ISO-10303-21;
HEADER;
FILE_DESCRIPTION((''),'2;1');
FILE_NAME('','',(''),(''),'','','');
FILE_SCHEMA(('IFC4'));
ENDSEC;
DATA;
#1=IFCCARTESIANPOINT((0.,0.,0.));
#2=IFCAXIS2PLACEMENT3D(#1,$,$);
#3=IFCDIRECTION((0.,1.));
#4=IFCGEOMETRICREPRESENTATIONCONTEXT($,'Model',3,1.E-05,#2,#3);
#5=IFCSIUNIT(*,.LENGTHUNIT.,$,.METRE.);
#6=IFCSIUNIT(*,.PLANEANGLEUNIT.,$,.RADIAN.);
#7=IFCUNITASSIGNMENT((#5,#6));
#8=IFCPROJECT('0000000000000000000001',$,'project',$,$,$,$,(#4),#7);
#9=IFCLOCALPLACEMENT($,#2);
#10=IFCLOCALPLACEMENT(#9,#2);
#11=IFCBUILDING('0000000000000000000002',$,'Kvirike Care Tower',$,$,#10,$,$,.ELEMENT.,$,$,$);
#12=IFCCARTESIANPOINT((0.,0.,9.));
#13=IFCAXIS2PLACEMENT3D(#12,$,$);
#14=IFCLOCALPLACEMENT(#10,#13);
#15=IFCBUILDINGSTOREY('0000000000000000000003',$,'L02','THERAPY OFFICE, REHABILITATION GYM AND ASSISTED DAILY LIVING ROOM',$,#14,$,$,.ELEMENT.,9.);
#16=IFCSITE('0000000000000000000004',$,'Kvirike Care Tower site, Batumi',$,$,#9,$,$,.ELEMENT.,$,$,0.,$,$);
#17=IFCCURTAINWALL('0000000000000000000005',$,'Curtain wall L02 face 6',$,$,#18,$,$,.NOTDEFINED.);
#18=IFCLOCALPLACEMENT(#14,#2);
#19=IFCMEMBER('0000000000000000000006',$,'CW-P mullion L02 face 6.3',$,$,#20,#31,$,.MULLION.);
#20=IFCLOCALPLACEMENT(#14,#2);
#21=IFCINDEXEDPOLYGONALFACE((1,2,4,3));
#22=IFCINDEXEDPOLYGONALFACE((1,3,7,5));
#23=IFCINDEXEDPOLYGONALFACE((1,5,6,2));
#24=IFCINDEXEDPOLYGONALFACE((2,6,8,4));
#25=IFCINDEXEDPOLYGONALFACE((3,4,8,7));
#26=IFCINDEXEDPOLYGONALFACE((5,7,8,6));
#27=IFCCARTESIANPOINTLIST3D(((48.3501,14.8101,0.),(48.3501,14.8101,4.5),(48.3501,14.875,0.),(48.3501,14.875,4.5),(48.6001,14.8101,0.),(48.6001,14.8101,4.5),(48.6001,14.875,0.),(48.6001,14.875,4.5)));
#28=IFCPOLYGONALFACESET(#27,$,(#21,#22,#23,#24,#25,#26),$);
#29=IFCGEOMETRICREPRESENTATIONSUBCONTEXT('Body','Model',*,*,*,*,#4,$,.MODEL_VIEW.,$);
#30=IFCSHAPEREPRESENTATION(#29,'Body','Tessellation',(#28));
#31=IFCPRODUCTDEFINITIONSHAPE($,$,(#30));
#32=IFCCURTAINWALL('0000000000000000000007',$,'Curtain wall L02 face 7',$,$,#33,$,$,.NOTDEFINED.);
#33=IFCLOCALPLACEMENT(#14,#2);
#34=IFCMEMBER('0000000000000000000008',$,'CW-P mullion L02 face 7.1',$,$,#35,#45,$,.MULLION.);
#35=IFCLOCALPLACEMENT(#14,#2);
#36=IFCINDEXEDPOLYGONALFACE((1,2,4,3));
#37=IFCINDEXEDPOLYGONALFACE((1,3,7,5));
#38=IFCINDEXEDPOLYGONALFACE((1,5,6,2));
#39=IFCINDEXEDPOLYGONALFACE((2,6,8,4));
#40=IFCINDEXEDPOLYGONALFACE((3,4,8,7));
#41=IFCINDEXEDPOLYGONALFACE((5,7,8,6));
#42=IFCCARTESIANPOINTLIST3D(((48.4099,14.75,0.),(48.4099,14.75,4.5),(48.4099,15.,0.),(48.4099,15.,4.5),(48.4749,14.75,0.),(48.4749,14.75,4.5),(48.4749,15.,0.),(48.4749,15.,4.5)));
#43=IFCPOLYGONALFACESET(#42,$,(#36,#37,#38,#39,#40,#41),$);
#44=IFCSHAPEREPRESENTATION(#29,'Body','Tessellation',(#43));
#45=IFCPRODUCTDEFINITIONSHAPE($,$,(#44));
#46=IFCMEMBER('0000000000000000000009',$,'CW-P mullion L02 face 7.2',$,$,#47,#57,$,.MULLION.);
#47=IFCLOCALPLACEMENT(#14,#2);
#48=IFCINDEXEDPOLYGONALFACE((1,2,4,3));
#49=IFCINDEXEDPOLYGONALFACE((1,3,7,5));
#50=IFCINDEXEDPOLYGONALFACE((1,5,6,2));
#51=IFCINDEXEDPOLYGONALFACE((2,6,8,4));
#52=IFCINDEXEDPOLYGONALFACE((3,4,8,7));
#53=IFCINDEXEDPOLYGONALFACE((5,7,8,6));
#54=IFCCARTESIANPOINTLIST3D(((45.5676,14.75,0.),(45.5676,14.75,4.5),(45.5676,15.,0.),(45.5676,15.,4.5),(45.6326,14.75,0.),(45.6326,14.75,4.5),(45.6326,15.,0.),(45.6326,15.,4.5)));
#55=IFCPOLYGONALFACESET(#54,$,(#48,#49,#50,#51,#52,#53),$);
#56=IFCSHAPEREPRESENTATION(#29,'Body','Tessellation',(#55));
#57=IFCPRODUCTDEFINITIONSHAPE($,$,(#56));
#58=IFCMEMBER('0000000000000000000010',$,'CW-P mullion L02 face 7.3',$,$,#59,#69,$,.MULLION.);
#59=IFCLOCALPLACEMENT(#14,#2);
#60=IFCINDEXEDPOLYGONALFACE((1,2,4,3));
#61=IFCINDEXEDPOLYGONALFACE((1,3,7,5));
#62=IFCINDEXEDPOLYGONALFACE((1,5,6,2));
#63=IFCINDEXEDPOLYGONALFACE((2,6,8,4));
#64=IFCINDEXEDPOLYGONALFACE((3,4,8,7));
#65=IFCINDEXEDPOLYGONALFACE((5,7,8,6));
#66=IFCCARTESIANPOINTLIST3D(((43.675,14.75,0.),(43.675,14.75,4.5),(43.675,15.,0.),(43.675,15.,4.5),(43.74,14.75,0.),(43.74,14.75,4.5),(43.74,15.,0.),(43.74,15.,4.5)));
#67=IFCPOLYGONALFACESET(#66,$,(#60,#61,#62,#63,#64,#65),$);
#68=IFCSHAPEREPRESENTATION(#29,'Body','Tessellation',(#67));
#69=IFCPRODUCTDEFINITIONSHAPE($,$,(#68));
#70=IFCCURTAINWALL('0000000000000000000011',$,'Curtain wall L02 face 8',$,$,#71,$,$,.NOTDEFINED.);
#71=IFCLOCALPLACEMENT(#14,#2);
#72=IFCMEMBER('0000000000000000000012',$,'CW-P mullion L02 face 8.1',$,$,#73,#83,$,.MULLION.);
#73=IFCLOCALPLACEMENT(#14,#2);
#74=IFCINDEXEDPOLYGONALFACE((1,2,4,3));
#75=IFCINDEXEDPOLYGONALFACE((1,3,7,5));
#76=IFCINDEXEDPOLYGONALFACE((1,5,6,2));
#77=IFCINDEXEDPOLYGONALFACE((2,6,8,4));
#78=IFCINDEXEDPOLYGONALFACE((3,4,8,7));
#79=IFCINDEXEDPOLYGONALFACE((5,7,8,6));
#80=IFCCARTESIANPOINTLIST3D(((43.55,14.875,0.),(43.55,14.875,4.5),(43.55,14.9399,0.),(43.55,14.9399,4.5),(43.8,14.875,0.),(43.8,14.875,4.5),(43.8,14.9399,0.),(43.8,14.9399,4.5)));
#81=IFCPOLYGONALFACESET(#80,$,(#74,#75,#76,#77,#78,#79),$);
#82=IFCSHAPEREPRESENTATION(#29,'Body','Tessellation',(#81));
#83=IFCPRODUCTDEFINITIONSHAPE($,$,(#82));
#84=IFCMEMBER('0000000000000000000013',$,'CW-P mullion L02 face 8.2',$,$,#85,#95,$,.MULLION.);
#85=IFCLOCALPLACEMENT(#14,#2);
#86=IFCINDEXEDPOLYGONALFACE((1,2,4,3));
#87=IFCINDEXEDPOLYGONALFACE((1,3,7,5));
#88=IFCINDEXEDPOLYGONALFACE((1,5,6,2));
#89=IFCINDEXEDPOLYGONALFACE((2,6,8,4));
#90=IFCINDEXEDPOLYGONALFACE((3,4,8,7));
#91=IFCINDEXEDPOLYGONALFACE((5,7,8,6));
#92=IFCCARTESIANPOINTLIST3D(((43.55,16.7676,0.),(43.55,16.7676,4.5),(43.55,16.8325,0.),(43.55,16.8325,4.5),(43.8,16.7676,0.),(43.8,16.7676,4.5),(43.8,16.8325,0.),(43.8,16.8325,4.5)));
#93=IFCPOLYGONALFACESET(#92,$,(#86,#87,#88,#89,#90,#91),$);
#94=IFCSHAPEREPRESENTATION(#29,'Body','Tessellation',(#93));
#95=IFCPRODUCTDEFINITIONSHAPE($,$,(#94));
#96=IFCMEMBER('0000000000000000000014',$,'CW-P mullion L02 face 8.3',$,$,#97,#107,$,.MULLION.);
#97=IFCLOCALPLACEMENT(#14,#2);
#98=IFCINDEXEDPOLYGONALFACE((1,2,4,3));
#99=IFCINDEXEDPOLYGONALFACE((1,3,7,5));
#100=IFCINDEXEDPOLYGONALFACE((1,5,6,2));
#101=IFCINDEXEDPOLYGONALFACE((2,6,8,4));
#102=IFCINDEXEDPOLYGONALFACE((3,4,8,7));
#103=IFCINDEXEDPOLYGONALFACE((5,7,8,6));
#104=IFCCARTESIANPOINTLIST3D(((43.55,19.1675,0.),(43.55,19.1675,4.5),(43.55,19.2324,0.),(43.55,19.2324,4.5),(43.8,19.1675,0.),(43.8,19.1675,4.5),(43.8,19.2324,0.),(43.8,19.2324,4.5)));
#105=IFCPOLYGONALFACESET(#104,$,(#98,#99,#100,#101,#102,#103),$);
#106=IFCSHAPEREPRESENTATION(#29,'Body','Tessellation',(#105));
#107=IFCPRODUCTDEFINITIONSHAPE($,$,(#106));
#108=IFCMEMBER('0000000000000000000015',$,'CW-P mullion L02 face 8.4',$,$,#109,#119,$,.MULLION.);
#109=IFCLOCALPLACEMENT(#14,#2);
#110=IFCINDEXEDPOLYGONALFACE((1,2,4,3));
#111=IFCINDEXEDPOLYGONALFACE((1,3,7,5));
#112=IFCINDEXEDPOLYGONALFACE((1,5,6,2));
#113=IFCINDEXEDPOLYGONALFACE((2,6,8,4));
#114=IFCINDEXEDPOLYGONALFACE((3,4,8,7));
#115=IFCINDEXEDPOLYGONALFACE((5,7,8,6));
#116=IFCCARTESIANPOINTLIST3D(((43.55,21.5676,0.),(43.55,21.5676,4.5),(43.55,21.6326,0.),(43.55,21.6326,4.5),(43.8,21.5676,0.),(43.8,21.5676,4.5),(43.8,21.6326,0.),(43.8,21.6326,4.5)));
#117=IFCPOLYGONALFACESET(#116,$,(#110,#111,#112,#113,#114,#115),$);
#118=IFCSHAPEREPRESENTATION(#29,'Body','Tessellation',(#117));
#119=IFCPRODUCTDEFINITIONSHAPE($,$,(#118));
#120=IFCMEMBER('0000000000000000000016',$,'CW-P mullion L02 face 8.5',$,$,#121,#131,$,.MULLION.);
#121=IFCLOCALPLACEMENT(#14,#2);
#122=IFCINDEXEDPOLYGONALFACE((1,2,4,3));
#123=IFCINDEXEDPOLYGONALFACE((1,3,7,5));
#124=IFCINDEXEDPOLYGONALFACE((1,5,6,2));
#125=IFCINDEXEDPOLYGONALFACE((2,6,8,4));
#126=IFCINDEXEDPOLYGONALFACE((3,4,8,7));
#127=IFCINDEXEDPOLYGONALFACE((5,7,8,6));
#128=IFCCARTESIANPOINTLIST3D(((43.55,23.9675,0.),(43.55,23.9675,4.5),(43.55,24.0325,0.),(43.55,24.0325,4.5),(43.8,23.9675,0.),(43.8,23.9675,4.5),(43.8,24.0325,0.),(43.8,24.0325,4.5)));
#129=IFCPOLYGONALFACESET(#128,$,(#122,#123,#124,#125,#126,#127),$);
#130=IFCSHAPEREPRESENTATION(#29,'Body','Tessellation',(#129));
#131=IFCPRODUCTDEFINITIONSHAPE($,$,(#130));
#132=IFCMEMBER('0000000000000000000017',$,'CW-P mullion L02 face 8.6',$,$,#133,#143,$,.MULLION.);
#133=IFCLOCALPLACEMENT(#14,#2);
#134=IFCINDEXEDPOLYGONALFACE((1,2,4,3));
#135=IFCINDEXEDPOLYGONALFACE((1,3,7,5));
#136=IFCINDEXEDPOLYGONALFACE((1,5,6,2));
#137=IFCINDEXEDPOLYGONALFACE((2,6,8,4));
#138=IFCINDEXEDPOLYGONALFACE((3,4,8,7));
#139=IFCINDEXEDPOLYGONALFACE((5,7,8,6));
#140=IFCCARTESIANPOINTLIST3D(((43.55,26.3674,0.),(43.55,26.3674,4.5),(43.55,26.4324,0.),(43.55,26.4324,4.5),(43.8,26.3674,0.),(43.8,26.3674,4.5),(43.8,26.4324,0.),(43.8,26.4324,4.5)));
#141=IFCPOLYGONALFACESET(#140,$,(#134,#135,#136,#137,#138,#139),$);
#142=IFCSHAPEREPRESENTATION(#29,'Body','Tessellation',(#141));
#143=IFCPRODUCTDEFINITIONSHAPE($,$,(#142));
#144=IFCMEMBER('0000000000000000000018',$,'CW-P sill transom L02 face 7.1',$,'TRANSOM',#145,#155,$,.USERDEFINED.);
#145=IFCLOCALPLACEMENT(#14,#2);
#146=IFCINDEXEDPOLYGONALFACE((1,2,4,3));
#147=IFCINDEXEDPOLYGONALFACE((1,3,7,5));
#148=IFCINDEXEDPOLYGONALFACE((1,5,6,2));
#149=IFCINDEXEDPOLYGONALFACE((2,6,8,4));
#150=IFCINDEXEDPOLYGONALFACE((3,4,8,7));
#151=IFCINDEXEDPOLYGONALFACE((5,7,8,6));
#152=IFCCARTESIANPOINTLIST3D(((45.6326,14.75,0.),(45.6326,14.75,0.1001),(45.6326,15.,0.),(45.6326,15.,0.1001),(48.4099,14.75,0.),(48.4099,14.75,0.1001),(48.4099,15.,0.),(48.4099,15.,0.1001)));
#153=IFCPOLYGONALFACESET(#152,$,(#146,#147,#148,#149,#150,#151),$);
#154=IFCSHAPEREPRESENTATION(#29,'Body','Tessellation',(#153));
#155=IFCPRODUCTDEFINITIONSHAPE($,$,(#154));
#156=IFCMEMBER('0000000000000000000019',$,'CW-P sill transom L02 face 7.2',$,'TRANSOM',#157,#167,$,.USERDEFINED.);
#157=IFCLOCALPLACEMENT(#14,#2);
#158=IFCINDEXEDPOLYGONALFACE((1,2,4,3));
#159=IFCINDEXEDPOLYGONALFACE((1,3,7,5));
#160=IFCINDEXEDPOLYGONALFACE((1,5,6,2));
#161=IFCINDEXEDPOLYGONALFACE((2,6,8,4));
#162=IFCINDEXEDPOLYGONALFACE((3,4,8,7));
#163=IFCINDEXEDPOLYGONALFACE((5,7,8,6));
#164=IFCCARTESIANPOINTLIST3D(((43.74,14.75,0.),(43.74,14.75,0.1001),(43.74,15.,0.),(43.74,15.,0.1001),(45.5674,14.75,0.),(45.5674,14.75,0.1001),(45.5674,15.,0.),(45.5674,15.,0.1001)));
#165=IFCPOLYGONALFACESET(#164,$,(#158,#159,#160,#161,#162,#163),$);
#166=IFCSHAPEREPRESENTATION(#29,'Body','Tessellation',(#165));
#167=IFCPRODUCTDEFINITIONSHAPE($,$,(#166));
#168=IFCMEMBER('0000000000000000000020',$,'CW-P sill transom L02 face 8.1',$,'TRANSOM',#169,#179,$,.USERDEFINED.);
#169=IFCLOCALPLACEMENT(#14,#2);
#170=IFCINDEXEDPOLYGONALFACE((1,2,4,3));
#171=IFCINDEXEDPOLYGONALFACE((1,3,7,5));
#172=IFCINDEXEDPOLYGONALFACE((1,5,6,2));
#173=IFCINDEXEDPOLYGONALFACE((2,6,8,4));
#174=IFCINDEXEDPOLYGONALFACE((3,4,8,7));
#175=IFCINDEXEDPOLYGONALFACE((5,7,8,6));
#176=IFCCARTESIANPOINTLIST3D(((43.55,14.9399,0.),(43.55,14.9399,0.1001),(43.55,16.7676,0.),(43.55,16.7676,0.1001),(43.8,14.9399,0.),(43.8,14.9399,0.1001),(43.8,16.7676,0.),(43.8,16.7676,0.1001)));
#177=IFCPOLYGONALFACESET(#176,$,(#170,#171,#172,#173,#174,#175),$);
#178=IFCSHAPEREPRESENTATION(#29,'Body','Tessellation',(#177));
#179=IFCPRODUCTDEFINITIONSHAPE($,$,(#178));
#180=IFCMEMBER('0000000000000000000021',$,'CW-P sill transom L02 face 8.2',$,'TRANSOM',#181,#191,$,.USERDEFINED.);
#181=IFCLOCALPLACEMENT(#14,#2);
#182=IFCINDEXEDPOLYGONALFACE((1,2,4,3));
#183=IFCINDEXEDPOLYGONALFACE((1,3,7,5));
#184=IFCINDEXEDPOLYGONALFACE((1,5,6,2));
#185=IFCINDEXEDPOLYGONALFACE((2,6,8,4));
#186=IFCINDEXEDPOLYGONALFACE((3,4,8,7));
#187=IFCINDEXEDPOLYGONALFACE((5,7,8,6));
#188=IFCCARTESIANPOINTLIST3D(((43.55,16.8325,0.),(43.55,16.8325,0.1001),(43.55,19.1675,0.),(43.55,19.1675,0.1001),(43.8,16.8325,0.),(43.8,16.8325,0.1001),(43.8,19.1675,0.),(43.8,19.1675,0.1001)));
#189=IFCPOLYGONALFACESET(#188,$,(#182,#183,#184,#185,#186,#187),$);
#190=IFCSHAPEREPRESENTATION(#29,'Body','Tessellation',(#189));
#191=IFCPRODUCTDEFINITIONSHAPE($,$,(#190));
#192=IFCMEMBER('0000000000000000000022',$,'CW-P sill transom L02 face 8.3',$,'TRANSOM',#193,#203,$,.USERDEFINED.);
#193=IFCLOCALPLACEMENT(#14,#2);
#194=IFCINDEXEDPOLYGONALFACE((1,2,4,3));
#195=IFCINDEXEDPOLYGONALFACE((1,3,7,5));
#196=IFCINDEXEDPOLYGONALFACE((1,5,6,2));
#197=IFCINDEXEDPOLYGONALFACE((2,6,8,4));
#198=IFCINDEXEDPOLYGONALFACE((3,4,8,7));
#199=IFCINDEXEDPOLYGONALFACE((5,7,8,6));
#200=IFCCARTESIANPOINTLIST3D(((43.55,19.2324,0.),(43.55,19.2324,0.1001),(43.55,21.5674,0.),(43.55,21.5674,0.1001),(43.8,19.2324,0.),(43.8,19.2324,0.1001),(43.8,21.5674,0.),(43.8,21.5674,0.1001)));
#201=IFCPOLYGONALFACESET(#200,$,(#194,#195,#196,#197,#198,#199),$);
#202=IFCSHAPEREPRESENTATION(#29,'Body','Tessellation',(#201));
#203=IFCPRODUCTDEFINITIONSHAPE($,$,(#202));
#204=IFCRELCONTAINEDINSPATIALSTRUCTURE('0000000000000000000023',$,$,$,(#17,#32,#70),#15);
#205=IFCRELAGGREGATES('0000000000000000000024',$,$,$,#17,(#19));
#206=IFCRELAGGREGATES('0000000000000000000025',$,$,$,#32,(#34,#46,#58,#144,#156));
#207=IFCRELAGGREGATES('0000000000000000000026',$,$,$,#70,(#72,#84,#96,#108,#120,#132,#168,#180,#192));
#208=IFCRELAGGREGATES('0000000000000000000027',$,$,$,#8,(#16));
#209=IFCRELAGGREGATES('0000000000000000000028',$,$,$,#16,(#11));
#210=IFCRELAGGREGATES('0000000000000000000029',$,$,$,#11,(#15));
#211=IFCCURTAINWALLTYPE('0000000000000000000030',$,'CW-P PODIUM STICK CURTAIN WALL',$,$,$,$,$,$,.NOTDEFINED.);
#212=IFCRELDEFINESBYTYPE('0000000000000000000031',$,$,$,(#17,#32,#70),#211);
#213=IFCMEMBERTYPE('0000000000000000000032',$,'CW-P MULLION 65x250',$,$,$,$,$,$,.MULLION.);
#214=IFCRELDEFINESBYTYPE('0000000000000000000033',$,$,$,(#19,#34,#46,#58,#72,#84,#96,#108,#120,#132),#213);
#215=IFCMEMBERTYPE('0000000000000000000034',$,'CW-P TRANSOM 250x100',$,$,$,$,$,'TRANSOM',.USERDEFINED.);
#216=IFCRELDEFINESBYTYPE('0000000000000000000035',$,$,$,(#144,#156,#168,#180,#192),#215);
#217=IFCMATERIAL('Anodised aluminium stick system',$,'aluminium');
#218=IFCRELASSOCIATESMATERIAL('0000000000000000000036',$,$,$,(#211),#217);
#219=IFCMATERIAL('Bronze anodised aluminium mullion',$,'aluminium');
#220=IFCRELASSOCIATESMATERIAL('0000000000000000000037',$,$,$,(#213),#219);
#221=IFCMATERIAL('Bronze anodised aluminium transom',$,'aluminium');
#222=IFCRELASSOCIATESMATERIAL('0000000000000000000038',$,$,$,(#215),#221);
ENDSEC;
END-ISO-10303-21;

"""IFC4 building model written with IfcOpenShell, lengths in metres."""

from ifc_helpers import new_model, si_unit, direction, frame, origin, origin_2d, place, context, subcontext, project, spatial, rectangle, extrude, material, material_profile, profile_set, type_object, element, aggregate, save


model = new_model("IFC4")

# Units and contexts
model_context = context("Model", 3, precision=1e-05, world=origin(), true_north=direction((0.0, 1.0)))
body_context = subcontext(model_context, "Body", "Model", "MODEL_VIEW")
ifc_project = project(units=[si_unit("LENGTHUNIT", "METRE"), si_unit("PLANEANGLEUNIT", "RADIAN")], contexts=[model_context])

# Site, building, storey
site_placement = place(None, origin())
site = spatial("IfcSite", under=ifc_project, at=site_placement, Name="Kvirike Care Tower site, Batumi", CompositionType="ELEMENT", RefElevation=0.0)
building_placement = place(site_placement, origin())
building = spatial("IfcBuilding", under=site, at=building_placement, Name="Kvirike Care Tower", CompositionType="ELEMENT")
storey_placement = place(building_placement, frame((0.0, 0.0, 9.0)))
storey = spatial("IfcBuildingStorey", under=building, at=storey_placement, Name="L02", Description="THERAPY OFFICE, REHABILITATION GYM AND ASSISTED DAILY LIVING ROOM", CompositionType="ELEMENT", Elevation=9.0)

# Curtain wall, member
ifc_material_1 = material(Name="Anodised aluminium stick system", Category="aluminium")
curtain_wall_type = type_object("IfcCurtainWallType", Name="CW-P PODIUM STICK CURTAIN WALL", PredefinedType="NOTDEFINED", material=ifc_material_1)
curtain_wall_1_placement = place(storey_placement, origin())
curtain_wall_1 = element("IfcCurtainWall", 1, at=curtain_wall_1_placement, inside=storey, type_object=curtain_wall_type, Name="Curtain wall L02 face 6", PredefinedType="NOTDEFINED")
ifc_material_2 = material(Name="Bronze anodised aluminium mullion", Category="aluminium")
ifc_material_profile_1 = material_profile(ifc_material_2, rectangle(XDim=0.0649, YDim=0.25, at=origin_2d()), Name="CW-P MULLION 65x250")
ifc_profile_set_1 = profile_set([ifc_material_profile_1], Name="Bronze anodised aluminium mullion")
member_type_1 = type_object("IfcMemberType", Name="CW-P MULLION 65x250", PredefinedType="MULLION", material=ifc_profile_set_1)
member_1_placement = place(storey_placement, frame((48.4751, 14.8425, 0.0), z_axis=(0.0, 0.0, 1.0), x_axis=(0.0, 1.0, 0.0)))
member_1 = element("IfcMember", 2, at=member_1_placement, type_object=member_type_1, Name="CW-P mullion L02 face 6.3", PredefinedType="MULLION", context=body_context, shape_type="SweptSolid", body=[
    extrude(rectangle(XDim=0.0649, YDim=0.25, at=origin_2d()), origin(), (0.0, 0.0, 1.0), 4.5),
])
aggregate(curtain_wall_1, [member_1])

# Curtain walls, members
curtain_wall_2_placement = place(storey_placement, origin())
curtain_wall_2 = element("IfcCurtainWall", 3, at=curtain_wall_2_placement, inside=storey, type_object=curtain_wall_type, Name="Curtain wall L02 face 7", PredefinedType="NOTDEFINED")
member_2_placement = place(storey_placement, frame((48.4424, 14.875, 0.0), z_axis=(0.0, 0.0, 1.0), x_axis=(-1.0, 0.0, 0.0)))
member_2 = element("IfcMember", 4, at=member_2_placement, type_object=member_type_1, Name="CW-P mullion L02 face 7.1", PredefinedType="MULLION", context=body_context, shape_type="SweptSolid", body=[
    extrude(rectangle(XDim=0.0649, YDim=0.25, at=origin_2d()), origin(), (0.0, 0.0, 1.0), 4.5),
])
member_3_placement = place(storey_placement, frame((45.6001, 14.875, 0.0), z_axis=(0.0, 0.0, 1.0), x_axis=(-1.0, 0.0, 0.0)))
member_3 = element("IfcMember", 5, at=member_3_placement, type_object=member_type_1, Name="CW-P mullion L02 face 7.2", PredefinedType="MULLION", context=body_context, shape_type="SweptSolid", body=[
    extrude(rectangle(XDim=0.0649, YDim=0.25, at=origin_2d()), origin(), (0.0, 0.0, 1.0), 4.5),
])
member_4_placement = place(storey_placement, frame((43.7075, 14.875, 0.0), z_axis=(0.0, 0.0, 1.0), x_axis=(-1.0, 0.0, 0.0)))
member_4 = element("IfcMember", 6, at=member_4_placement, type_object=member_type_1, Name="CW-P mullion L02 face 7.3", PredefinedType="MULLION", context=body_context, shape_type="SweptSolid", body=[
    extrude(rectangle(XDim=0.0649, YDim=0.25, at=origin_2d()), origin(), (0.0, 0.0, 1.0), 4.5),
])
curtain_wall_3_placement = place(storey_placement, origin())
curtain_wall_3 = element("IfcCurtainWall", 7, at=curtain_wall_3_placement, inside=storey, type_object=curtain_wall_type, Name="Curtain wall L02 face 8", PredefinedType="NOTDEFINED")
member_5_placement = place(storey_placement, frame((43.675, 14.9075, 0.0), z_axis=(0.0, 0.0, 1.0), x_axis=(0.0, 1.0, 0.0)))
member_5 = element("IfcMember", 8, at=member_5_placement, type_object=member_type_1, Name="CW-P mullion L02 face 8.1", PredefinedType="MULLION", context=body_context, shape_type="SweptSolid", body=[
    extrude(rectangle(XDim=0.0649, YDim=0.25, at=origin_2d()), origin(), (0.0, 0.0, 1.0), 4.5),
])
member_6_placement = place(storey_placement, frame((43.675, 16.8, 0.0), z_axis=(0.0, 0.0, 1.0), x_axis=(0.0, 1.0, 0.0)))
member_6 = element("IfcMember", 9, at=member_6_placement, type_object=member_type_1, Name="CW-P mullion L02 face 8.2", PredefinedType="MULLION", context=body_context, shape_type="SweptSolid", body=[
    extrude(rectangle(XDim=0.0649, YDim=0.25, at=origin_2d()), origin(), (0.0, 0.0, 1.0), 4.5),
])
member_7_placement = place(storey_placement, frame((43.675, 19.2, 0.0), z_axis=(0.0, 0.0, 1.0), x_axis=(0.0, 1.0, 0.0)))
member_7 = element("IfcMember", 10, at=member_7_placement, type_object=member_type_1, Name="CW-P mullion L02 face 8.3", PredefinedType="MULLION", context=body_context, shape_type="SweptSolid", body=[
    extrude(rectangle(XDim=0.0649, YDim=0.25, at=origin_2d()), origin(), (0.0, 0.0, 1.0), 4.5),
])
member_8_placement = place(storey_placement, frame((43.675, 21.6001, 0.0), z_axis=(0.0, 0.0, 1.0), x_axis=(0.0, 1.0, 0.0)))
member_8 = element("IfcMember", 11, at=member_8_placement, type_object=member_type_1, Name="CW-P mullion L02 face 8.4", PredefinedType="MULLION", context=body_context, shape_type="SweptSolid", body=[
    extrude(rectangle(XDim=0.0649, YDim=0.25, at=origin_2d()), origin(), (0.0, 0.0, 1.0), 4.5),
])
member_9_placement = place(storey_placement, frame((43.675, 24.0, 0.0), z_axis=(0.0, 0.0, 1.0), x_axis=(0.0, 1.0, 0.0)))
member_9 = element("IfcMember", 12, at=member_9_placement, type_object=member_type_1, Name="CW-P mullion L02 face 8.5", PredefinedType="MULLION", context=body_context, shape_type="SweptSolid", body=[
    extrude(rectangle(XDim=0.0649, YDim=0.25, at=origin_2d()), origin(), (0.0, 0.0, 1.0), 4.5),
])
member_10_placement = place(storey_placement, frame((43.675, 26.3999, 0.0), z_axis=(0.0, 0.0, 1.0), x_axis=(0.0, 1.0, 0.0)))
member_10 = element("IfcMember", 13, at=member_10_placement, type_object=member_type_1, Name="CW-P mullion L02 face 8.6", PredefinedType="MULLION", context=body_context, shape_type="SweptSolid", body=[
    extrude(rectangle(XDim=0.0649, YDim=0.25, at=origin_2d()), origin(), (0.0, 0.0, 1.0), 4.5),
])

# Members
ifc_material_3 = material(Name="Bronze anodised aluminium transom", Category="aluminium")
ifc_material_profile_2 = material_profile(ifc_material_3, rectangle(XDim=0.25, YDim=0.1001, at=origin_2d()), Name="CW-P TRANSOM 250x100")
ifc_profile_set_2 = profile_set([ifc_material_profile_2], Name="Bronze anodised aluminium transom")
member_type_2 = type_object("IfcMemberType", Name="CW-P TRANSOM 250x100", ElementType="TRANSOM", PredefinedType="USERDEFINED", material=ifc_profile_set_2)
member_11_placement = place(storey_placement, frame((48.4099, 14.875, 0.05), z_axis=(-1.0, 0.0, 0.0), x_axis=(0.0, -1.0, 0.0)))
member_11 = element("IfcMember", 14, at=member_11_placement, type_object=member_type_2, Name="CW-P sill transom L02 face 7.1", ObjectType="TRANSOM", PredefinedType="USERDEFINED", context=body_context, shape_type="SweptSolid", body=[
    extrude(rectangle(XDim=0.25, YDim=0.1001, at=origin_2d()), origin(), (0.0, 0.0, 1.0), 2.7773),
])
member_12_placement = place(storey_placement, frame((45.5674, 14.875, 0.05), z_axis=(-1.0, 0.0, 0.0), x_axis=(0.0, -1.0, 0.0)))
member_12 = element("IfcMember", 15, at=member_12_placement, type_object=member_type_2, Name="CW-P sill transom L02 face 7.2", ObjectType="TRANSOM", PredefinedType="USERDEFINED", context=body_context, shape_type="SweptSolid", body=[
    extrude(rectangle(XDim=0.25, YDim=0.1001, at=origin_2d()), origin(), (0.0, 0.0, 1.0), 1.8274),
])
member_13_placement = place(storey_placement, frame((43.675, 14.9399, 0.05), z_axis=(0.0, 1.0, 0.0), x_axis=(-1.0, 0.0, 0.0)))
member_13 = element("IfcMember", 16, at=member_13_placement, type_object=member_type_2, Name="CW-P sill transom L02 face 8.1", ObjectType="TRANSOM", PredefinedType="USERDEFINED", context=body_context, shape_type="SweptSolid", body=[
    extrude(rectangle(XDim=0.25, YDim=0.1001, at=origin_2d()), origin(), (0.0, 0.0, 1.0), 1.8276),
])
member_14_placement = place(storey_placement, frame((43.675, 16.8325, 0.05), z_axis=(0.0, 1.0, 0.0), x_axis=(-1.0, 0.0, 0.0)))
member_14 = element("IfcMember", 17, at=member_14_placement, type_object=member_type_2, Name="CW-P sill transom L02 face 8.2", ObjectType="TRANSOM", PredefinedType="USERDEFINED", context=body_context, shape_type="SweptSolid", body=[
    extrude(rectangle(XDim=0.25, YDim=0.1001, at=origin_2d()), origin(), (0.0, 0.0, 1.0), 2.335),
])
member_15_placement = place(storey_placement, frame((43.675, 19.2324, 0.05), z_axis=(0.0, 1.0, 0.0), x_axis=(-1.0, 0.0, 0.0)))
member_15 = element("IfcMember", 18, at=member_15_placement, type_object=member_type_2, Name="CW-P sill transom L02 face 8.3", ObjectType="TRANSOM", PredefinedType="USERDEFINED", context=body_context, shape_type="SweptSolid", body=[
    extrude(rectangle(XDim=0.25, YDim=0.1001, at=origin_2d()), origin(), (0.0, 0.0, 1.0), 2.335),
])

aggregate(curtain_wall_2, [member_2, member_3, member_4, member_11, member_12])
aggregate(curtain_wall_3, [member_5, member_6, member_7, member_8, member_9, member_10, member_13, member_14, member_15])

save(model, "model.ifc")
